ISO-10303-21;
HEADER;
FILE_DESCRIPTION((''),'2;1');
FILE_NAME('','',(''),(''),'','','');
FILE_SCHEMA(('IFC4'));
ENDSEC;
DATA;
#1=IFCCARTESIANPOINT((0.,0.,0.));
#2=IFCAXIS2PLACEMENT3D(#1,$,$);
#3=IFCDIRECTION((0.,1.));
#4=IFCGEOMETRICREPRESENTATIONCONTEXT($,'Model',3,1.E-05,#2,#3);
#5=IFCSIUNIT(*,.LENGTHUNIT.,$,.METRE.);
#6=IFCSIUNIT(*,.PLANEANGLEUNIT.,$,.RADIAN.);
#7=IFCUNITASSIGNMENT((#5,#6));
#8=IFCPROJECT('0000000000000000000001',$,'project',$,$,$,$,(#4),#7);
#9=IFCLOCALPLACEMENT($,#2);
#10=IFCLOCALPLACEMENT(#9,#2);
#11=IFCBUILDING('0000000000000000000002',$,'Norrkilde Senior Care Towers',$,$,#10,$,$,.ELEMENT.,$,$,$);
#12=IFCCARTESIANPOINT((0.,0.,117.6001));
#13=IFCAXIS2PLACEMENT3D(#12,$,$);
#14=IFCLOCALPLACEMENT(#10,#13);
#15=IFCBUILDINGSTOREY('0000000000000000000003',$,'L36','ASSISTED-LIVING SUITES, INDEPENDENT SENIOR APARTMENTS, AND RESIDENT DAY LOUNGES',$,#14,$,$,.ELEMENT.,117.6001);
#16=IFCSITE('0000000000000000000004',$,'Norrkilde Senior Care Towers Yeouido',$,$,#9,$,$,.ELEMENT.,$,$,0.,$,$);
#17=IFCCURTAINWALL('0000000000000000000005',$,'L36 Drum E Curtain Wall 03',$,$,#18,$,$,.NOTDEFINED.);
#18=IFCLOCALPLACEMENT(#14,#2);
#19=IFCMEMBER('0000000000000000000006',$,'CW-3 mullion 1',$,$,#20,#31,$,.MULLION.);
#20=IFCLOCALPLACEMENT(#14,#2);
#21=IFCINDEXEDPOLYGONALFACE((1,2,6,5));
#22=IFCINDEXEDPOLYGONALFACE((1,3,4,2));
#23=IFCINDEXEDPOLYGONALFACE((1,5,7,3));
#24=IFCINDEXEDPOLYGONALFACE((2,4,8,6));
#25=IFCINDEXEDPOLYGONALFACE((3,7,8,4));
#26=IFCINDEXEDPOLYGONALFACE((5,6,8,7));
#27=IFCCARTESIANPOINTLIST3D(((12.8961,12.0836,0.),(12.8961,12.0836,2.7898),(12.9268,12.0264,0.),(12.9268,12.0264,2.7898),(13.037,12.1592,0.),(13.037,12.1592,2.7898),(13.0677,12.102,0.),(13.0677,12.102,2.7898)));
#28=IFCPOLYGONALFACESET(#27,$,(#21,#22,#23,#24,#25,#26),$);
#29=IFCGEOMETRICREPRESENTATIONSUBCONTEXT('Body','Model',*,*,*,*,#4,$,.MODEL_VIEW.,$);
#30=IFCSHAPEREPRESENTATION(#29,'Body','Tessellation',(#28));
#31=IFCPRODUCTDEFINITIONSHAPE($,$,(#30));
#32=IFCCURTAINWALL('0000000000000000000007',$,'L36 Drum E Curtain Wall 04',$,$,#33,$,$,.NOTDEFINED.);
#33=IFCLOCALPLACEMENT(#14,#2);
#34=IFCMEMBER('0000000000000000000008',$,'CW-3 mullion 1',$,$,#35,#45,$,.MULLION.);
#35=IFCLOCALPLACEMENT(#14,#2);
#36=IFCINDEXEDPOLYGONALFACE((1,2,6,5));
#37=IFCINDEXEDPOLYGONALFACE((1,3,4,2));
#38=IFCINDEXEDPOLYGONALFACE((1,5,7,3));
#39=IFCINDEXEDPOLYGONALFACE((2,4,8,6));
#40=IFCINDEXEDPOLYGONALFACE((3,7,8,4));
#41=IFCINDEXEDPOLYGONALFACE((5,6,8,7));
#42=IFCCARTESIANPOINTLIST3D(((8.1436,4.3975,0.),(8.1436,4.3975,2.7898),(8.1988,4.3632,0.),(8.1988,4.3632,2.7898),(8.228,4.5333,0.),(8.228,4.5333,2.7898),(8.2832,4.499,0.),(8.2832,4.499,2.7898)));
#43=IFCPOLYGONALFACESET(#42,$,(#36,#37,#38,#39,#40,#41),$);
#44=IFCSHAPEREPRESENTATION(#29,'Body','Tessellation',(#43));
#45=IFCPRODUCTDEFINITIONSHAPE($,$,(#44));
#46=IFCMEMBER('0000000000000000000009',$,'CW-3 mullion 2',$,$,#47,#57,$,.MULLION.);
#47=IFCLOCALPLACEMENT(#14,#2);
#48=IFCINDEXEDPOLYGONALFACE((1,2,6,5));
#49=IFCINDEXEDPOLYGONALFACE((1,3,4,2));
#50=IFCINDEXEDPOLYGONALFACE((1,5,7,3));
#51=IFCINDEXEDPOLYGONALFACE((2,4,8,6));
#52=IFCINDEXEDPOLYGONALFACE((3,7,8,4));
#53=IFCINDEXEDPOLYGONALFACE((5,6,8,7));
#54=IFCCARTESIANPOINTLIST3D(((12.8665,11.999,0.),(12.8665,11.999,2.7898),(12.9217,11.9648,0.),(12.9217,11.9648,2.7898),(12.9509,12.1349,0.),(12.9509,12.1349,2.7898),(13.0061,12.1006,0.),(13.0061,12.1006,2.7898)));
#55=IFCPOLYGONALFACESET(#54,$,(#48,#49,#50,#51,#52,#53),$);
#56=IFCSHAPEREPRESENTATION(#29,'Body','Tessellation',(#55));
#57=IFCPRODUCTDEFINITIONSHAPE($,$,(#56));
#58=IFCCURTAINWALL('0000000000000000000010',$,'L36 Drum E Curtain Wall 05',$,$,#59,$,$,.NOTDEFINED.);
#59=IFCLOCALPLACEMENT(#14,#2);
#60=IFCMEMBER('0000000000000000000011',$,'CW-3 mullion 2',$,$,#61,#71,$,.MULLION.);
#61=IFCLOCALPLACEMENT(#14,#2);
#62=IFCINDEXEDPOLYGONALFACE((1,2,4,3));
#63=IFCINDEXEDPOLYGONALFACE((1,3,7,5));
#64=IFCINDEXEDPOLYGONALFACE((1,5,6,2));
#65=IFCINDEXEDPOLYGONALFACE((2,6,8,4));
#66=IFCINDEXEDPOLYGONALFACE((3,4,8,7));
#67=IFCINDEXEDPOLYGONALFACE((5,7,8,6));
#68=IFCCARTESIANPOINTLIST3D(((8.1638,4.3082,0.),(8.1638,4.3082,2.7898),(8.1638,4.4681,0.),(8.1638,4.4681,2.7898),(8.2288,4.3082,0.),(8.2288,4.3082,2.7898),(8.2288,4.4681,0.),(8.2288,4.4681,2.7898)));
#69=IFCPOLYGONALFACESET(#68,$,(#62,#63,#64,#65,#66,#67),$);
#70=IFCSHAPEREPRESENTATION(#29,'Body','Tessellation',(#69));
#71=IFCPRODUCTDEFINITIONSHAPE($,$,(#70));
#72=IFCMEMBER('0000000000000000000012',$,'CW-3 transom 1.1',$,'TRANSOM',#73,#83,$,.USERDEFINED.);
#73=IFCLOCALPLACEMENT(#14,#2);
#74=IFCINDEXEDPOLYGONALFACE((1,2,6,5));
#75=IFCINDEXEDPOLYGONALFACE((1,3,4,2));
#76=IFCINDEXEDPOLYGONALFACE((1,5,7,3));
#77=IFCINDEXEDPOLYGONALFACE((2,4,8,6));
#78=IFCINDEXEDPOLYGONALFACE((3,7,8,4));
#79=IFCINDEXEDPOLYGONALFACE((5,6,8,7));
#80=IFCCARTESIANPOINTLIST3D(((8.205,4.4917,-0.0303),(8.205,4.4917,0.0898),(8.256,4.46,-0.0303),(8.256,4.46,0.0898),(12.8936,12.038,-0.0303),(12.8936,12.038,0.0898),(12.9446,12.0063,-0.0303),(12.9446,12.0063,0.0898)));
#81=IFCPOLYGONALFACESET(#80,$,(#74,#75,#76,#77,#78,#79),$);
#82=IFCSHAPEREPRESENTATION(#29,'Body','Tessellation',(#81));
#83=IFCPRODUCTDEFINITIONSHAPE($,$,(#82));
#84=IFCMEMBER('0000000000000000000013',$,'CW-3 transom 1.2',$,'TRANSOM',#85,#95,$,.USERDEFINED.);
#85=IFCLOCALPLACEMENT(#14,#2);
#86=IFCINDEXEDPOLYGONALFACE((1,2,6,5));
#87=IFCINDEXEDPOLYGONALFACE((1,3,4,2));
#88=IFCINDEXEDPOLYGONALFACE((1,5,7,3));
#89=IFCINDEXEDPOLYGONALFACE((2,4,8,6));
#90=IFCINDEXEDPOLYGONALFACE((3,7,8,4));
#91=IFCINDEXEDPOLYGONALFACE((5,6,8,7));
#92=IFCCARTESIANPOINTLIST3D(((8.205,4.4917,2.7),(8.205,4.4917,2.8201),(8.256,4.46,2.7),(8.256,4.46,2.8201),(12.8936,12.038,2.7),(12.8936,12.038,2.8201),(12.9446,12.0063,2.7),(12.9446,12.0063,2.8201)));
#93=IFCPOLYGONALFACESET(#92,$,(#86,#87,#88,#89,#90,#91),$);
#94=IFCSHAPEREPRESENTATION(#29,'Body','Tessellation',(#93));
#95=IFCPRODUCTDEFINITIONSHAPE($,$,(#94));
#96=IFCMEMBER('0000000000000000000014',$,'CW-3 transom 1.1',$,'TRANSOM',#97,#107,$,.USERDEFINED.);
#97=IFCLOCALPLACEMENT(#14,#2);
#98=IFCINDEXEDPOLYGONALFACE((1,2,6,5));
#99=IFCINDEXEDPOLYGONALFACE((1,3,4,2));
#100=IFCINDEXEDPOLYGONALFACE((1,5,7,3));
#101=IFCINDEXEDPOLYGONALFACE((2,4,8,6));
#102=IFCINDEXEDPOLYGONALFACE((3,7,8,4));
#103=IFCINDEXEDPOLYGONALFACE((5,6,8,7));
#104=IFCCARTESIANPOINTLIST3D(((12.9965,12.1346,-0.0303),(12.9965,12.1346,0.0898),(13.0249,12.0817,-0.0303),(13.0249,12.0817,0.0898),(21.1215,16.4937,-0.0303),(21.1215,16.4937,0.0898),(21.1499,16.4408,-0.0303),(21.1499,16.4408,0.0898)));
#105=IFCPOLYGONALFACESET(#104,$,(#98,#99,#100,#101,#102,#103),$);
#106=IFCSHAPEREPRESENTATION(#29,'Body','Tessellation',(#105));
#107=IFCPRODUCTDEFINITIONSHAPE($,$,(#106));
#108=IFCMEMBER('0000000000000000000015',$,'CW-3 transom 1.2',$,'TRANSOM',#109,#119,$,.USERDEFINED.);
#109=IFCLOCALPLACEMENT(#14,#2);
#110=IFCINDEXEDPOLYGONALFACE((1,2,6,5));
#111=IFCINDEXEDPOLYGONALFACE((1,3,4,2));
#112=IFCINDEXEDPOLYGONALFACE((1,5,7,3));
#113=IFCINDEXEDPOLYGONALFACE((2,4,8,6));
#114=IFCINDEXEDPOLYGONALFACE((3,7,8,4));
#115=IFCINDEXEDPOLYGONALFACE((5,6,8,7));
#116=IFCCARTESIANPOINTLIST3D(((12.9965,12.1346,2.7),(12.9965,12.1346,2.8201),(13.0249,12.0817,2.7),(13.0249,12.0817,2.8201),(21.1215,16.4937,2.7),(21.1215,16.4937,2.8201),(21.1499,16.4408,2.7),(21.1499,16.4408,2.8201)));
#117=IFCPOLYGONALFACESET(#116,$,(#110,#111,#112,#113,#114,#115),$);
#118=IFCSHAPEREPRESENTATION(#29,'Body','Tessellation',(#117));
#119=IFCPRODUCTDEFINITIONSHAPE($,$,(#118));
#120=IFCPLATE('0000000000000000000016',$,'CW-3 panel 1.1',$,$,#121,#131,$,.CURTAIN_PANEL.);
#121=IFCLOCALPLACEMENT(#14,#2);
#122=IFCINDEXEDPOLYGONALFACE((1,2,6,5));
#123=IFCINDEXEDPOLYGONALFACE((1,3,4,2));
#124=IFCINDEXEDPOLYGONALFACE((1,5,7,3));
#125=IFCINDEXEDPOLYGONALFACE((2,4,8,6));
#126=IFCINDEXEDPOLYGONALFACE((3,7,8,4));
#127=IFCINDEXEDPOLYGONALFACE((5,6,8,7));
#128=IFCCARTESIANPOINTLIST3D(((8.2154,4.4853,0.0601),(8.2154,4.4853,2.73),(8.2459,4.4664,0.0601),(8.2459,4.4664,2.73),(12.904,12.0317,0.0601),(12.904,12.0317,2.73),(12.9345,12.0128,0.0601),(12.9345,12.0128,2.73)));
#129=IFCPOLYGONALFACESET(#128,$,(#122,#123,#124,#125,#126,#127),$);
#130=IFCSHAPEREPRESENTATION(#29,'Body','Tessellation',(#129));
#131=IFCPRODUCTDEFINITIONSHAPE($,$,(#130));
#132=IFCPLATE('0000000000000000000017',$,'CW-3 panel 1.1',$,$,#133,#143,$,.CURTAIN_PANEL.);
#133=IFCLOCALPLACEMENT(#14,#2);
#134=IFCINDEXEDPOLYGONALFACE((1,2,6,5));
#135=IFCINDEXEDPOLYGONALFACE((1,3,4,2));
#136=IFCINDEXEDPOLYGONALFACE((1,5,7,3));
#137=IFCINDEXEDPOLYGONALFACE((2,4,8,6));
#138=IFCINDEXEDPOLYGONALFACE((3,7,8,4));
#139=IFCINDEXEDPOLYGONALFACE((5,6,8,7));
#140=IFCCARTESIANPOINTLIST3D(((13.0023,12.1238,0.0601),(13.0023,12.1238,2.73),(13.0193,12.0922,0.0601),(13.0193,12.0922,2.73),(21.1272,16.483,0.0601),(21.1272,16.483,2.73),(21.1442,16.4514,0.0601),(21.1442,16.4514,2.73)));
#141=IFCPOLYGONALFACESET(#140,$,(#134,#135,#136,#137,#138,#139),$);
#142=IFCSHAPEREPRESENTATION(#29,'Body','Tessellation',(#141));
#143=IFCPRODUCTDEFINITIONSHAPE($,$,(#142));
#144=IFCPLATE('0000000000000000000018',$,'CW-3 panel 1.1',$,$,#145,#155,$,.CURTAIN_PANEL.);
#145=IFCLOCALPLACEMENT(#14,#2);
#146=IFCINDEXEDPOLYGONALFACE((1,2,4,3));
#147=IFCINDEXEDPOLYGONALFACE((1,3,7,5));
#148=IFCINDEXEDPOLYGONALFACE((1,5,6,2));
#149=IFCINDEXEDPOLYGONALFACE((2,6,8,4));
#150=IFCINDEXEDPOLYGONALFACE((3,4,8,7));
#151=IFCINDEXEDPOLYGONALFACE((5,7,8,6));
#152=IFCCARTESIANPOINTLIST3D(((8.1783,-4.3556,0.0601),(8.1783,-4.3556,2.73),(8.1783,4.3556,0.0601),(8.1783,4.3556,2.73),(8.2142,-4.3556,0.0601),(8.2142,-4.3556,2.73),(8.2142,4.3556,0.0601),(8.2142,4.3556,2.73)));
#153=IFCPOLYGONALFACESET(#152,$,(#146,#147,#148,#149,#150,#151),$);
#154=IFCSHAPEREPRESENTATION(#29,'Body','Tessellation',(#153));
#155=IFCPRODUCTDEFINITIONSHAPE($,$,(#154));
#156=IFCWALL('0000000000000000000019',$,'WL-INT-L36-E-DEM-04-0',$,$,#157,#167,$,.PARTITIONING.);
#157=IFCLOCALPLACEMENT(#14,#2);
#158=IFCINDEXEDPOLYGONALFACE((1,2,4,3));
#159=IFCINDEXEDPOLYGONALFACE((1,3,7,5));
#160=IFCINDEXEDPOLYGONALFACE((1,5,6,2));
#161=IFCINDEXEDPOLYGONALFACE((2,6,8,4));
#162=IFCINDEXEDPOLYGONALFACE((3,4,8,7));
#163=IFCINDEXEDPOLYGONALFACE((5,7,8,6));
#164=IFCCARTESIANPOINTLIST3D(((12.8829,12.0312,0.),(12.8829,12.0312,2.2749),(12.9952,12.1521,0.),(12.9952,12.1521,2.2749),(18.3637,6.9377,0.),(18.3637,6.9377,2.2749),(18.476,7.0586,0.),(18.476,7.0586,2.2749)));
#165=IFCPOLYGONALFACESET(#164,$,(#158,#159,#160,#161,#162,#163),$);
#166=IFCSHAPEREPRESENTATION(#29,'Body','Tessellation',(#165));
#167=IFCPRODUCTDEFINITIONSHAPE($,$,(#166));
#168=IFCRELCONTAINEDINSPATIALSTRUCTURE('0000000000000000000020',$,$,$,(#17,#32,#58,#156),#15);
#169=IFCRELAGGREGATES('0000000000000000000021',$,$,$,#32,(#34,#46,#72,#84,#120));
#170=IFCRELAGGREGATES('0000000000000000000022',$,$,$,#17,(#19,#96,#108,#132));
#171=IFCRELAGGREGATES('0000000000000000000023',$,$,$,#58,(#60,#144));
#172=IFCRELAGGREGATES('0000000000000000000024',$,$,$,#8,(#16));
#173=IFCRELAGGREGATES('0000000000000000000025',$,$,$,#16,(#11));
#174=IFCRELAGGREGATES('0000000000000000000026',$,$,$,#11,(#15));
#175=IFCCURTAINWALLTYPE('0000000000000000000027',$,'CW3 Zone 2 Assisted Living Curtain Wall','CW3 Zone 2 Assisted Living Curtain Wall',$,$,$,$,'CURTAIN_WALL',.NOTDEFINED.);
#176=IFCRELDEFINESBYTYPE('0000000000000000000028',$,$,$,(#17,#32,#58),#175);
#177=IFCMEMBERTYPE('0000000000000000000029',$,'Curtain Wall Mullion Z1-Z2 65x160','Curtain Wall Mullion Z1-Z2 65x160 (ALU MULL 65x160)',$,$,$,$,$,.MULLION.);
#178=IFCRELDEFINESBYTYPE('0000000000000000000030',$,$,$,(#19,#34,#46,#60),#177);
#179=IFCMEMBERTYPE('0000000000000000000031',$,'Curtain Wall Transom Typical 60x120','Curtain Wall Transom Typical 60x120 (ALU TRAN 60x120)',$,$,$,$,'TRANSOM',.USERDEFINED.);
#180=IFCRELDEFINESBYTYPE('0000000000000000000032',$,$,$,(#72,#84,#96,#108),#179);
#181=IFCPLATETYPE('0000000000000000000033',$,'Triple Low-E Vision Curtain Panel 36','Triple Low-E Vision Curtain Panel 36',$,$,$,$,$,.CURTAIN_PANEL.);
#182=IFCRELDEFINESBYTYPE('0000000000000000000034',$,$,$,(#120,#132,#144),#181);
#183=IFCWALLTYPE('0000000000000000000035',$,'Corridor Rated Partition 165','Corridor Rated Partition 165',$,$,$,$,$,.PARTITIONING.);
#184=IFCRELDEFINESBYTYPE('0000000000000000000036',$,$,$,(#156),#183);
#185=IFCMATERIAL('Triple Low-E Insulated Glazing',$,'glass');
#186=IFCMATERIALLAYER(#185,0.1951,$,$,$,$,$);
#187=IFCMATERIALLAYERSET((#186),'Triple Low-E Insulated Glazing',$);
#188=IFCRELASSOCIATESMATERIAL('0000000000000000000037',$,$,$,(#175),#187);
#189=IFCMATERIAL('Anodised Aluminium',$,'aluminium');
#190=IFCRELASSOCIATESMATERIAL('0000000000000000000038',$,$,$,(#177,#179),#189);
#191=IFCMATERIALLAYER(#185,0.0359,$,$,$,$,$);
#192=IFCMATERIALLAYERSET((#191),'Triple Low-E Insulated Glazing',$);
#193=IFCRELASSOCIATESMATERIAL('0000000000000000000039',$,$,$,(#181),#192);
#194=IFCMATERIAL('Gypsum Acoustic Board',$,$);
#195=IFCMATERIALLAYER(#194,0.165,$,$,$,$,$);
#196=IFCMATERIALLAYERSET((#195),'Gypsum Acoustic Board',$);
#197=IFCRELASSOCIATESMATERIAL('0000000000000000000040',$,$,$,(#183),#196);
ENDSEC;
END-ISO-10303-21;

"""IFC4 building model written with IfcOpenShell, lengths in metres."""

from ifc_helpers import new_model, si_unit, direction, frame, frame_2d, origin, origin_2d, place, context, subcontext, project, spatial, rectangle, extrude, source, transform, mapped, material, layer, layer_set, material_profile, profile_set, type_object, type_shapes, element, aggregate, save


model = new_model("IFC4")

# Units and contexts
model_context = context("Model", 3, precision=1e-05, world=origin(), true_north=direction((0.0, 1.0)))
body_context = subcontext(model_context, "Body", "Model", "MODEL_VIEW")
ifc_project = project(units=[si_unit("LENGTHUNIT", "METRE"), si_unit("PLANEANGLEUNIT", "RADIAN")], contexts=[model_context])

# Site, building, storey
site_placement = place(None, origin())
site = spatial("IfcSite", under=ifc_project, at=site_placement, Name="Norrkilde Senior Care Towers Yeouido", CompositionType="ELEMENT", RefElevation=0.0)
building_placement = place(site_placement, origin())
building = spatial("IfcBuilding", under=site, at=building_placement, Name="Norrkilde Senior Care Towers", CompositionType="ELEMENT")
storey_placement = place(building_placement, frame((0.0, 0.0, 117.6001)))
storey = spatial("IfcBuildingStorey", under=building, at=storey_placement, Name="L36", Description="ASSISTED-LIVING SUITES, INDEPENDENT SENIOR APARTMENTS, AND RESIDENT DAY LOUNGES", CompositionType="ELEMENT", Elevation=117.6001)

# Curtain wall, member
ifc_material_1 = material(Name="Triple Low-E Insulated Glazing", Category="glass")
ifc_layer_1 = layer(ifc_material_1, 0.1951)
ifc_layer_set_1 = layer_set([ifc_layer_1], Name="Triple Low-E Insulated Glazing")
curtain_wall_type = type_object("IfcCurtainWallType", Name="CW3 Zone 2 Assisted Living Curtain Wall", Description="CW3 Zone 2 Assisted Living Curtain Wall", ElementType="CURTAIN_WALL", PredefinedType="NOTDEFINED", material=ifc_layer_set_1)
curtain_wall_1_placement = place(storey_placement, origin())
curtain_wall_1 = element("IfcCurtainWall", 1, at=curtain_wall_1_placement, inside=storey, type_object=curtain_wall_type, Name="L36 Drum E Curtain Wall 03", PredefinedType="NOTDEFINED")
ifc_material_2 = material(Name="Anodised Aluminium", Category="aluminium")
ifc_material_profile_1 = material_profile(ifc_material_2, rectangle(XDim=0.0649, YDim=0.1599, at=origin_2d()), Name="ALU MULL 65x160")
ifc_profile_set_1 = profile_set([ifc_material_profile_1], Name="Anodised Aluminium")
member_type_1 = type_object("IfcMemberType", Name="Curtain Wall Mullion Z1-Z2 65x160", Description="Curtain Wall Mullion Z1-Z2 65x160 (ALU MULL 65x160)", PredefinedType="MULLION", material=ifc_profile_set_1)
shared_shape_1 = source(origin(), body_context, "Body", "SweptSolid", [
    extrude(rectangle(XDim=0.0649, YDim=0.1599, at=origin_2d()), origin(), (0.0, 0.0, 1.0), 2.7898),
])
type_shapes(member_type_1, [shared_shape_1])
member_1_placement = place(storey_placement, frame((12.9819, 12.0928, 0.0), z_axis=(0.0, 0.0, 1.0), x_axis=(-0.472769, 0.881186, 0.0)))
member_1 = element("IfcMember", 2, at=member_1_placement, type_object=member_type_1, Name="CW-3 mullion 1", PredefinedType="MULLION", context=body_context, shape_type="MappedRepresentation", body=[
    mapped(shared_shape_1, transform((0.0, 0.0, 0.0), x_axis=(1.0, 0.0, 0.0), y_axis=(0.0, 1.0, 0.0), z_axis=(0.0, 0.0, 1.0), scale=1.0)),
])

# Curtain wall, members
curtain_wall_2_placement = place(storey_placement, origin())
curtain_wall_2 = element("IfcCurtainWall", 3, at=curtain_wall_2_placement, inside=storey, type_object=curtain_wall_type, Name="L36 Drum E Curtain Wall 04", PredefinedType="NOTDEFINED")
member_2_placement = place(storey_placement, frame((8.2134, 4.4482, 0.0), z_axis=(0.0, 0.0, 1.0), x_axis=(-0.84941, 0.527733, 0.0)))
member_2 = element("IfcMember", 4, at=member_2_placement, type_object=member_type_1, Name="CW-3 mullion 1", PredefinedType="MULLION", context=body_context, shape_type="MappedRepresentation", body=[
    mapped(shared_shape_1, transform((0.0, 0.0, 0.0), x_axis=(1.0, 0.0, 0.0), y_axis=(0.0, 1.0, 0.0), z_axis=(0.0, 0.0, 1.0), scale=1.0)),
])
member_3_placement = place(storey_placement, frame((12.9363, 12.0498, 0.0), z_axis=(0.0, 0.0, 1.0), x_axis=(-0.84941, 0.527733, 0.0)))
member_3 = element("IfcMember", 5, at=member_3_placement, type_object=member_type_1, Name="CW-3 mullion 2", PredefinedType="MULLION", context=body_context, shape_type="MappedRepresentation", body=[
    mapped(shared_shape_1, transform((0.0, 0.0, 0.0), x_axis=(1.0, 0.0, 0.0), y_axis=(0.0, 1.0, 0.0), z_axis=(0.0, 0.0, 1.0), scale=1.0)),
])

# Curtain wall, member
curtain_wall_3_placement = place(storey_placement, origin())
curtain_wall_3 = element("IfcCurtainWall", 6, at=curtain_wall_3_placement, inside=storey, type_object=curtain_wall_type, Name="L36 Drum E Curtain Wall 05", PredefinedType="NOTDEFINED")
member_4_placement = place(storey_placement, frame((8.1963, 4.3882, 0.0), z_axis=(0.0, 0.0, 1.0), x_axis=(-1.0, 0.0, 0.0)))
member_4 = element("IfcMember", 7, at=member_4_placement, type_object=member_type_1, Name="CW-3 mullion 2", PredefinedType="MULLION", context=body_context, shape_type="MappedRepresentation", body=[
    mapped(shared_shape_1, transform((0.0, 0.0, 0.0), x_axis=(1.0, 0.0, 0.0), y_axis=(0.0, 1.0, 0.0), z_axis=(0.0, 0.0, 1.0), scale=1.0)),
])

# Members
ifc_material_profile_2 = material_profile(ifc_material_2, rectangle(XDim=0.0601, YDim=0.1201, at=origin_2d()), Name="ALU TRAN 60x120")
ifc_profile_set_2 = profile_set([ifc_material_profile_2], Name="Anodised Aluminium")
member_type_2 = type_object("IfcMemberType", Name="Curtain Wall Transom Typical 60x120", Description="Curtain Wall Transom Typical 60x120 (ALU TRAN 60x120)", ElementType="TRANSOM", PredefinedType="USERDEFINED", material=ifc_profile_set_2)
shared_shape_2 = source(origin(), body_context, "Body", "SweptSolid", [
    extrude(rectangle(XDim=0.0601, YDim=0.1201, at=origin_2d()), origin(), (0.0, 0.0, 1.0), 8.8843),
])
member_5_placement = place(storey_placement, frame((8.2305, 4.4758, 0.0298), z_axis=(0.527749, 0.8494, 0.0), x_axis=(-0.8494, 0.527749, 0.0)))
member_5 = element("IfcMember", 8, at=member_5_placement, type_object=member_type_2, Name="CW-3 transom 1.1", ObjectType="TRANSOM", PredefinedType="USERDEFINED", context=body_context, shape_type="MappedRepresentation", body=[
    mapped(shared_shape_2, transform((0.0, 0.0, 0.0), x_axis=(1.0, 0.0, 0.0), y_axis=(0.0, 1.0, 0.0), z_axis=(0.0, 0.0, 1.0), scale=1.0)),
])
member_6_placement = place(storey_placement, frame((8.2305, 4.4758, 2.76), z_axis=(0.527749, 0.8494, 0.0), x_axis=(-0.8494, 0.527749, 0.0)))
member_6 = element("IfcMember", 9, at=member_6_placement, type_object=member_type_2, Name="CW-3 transom 1.2", ObjectType="TRANSOM", PredefinedType="USERDEFINED", context=body_context, shape_type="MappedRepresentation", body=[
    mapped(shared_shape_2, transform((0.0, 0.0, 0.0), x_axis=(1.0, 0.0, 0.0), y_axis=(0.0, 1.0, 0.0), z_axis=(0.0, 0.0, 1.0), scale=1.0)),
])
shared_shape_3 = source(origin(), body_context, "Body", "SweptSolid", [
    extrude(rectangle(XDim=0.0601, YDim=0.1201, at=origin_2d()), origin(), (0.0, 0.0, 1.0), 9.2205),
])
type_shapes(member_type_2, [shared_shape_2, shared_shape_3])
member_7_placement = place(storey_placement, frame((13.0107, 12.1082, 0.0298), z_axis=(0.881189, 0.472765, 0.0), x_axis=(-0.472765, 0.881189, 0.0)))
member_7 = element("IfcMember", 10, at=member_7_placement, type_object=member_type_2, Name="CW-3 transom 1.1", ObjectType="TRANSOM", PredefinedType="USERDEFINED", context=body_context, shape_type="MappedRepresentation", body=[
    mapped(shared_shape_3, transform((0.0, 0.0, 0.0), x_axis=(1.0, 0.0, 0.0), y_axis=(0.0, 1.0, 0.0), z_axis=(0.0, 0.0, 1.0), scale=1.0)),
])
member_8_placement = place(storey_placement, frame((13.0107, 12.1082, 2.76), z_axis=(0.881189, 0.472765, 0.0), x_axis=(-0.472765, 0.881189, 0.0)))
member_8 = element("IfcMember", 11, at=member_8_placement, type_object=member_type_2, Name="CW-3 transom 1.2", ObjectType="TRANSOM", PredefinedType="USERDEFINED", context=body_context, shape_type="MappedRepresentation", body=[
    mapped(shared_shape_3, transform((0.0, 0.0, 0.0), x_axis=(1.0, 0.0, 0.0), y_axis=(0.0, 1.0, 0.0), z_axis=(0.0, 0.0, 1.0), scale=1.0)),
])

# Plates
ifc_layer_2 = layer(ifc_material_1, 0.0359)
ifc_layer_set_2 = layer_set([ifc_layer_2], Name="Triple Low-E Insulated Glazing")
plate_type = type_object("IfcPlateType", Name="Triple Low-E Vision Curtain Panel 36", Description="Triple Low-E Vision Curtain Panel 36", PredefinedType="CURTAIN_PANEL", material=ifc_layer_set_2)
shared_shape_4 = source(origin(), body_context, "Body", "SweptSolid", [
    extrude(rectangle(XDim=8.8843, YDim=0.0359, at=origin_2d()), origin(), (0.0, 0.0, 1.0), 2.6699),
])
plate_1_placement = place(storey_placement, frame((10.575, 8.249, 0.0601), z_axis=(0.0, 0.0, 1.0), x_axis=(0.527733, 0.84941, 0.0)))
plate_1 = element("IfcPlate", 12, at=plate_1_placement, type_object=plate_type, Name="CW-3 panel 1.1", PredefinedType="CURTAIN_PANEL", context=body_context, shape_type="MappedRepresentation", body=[
    mapped(shared_shape_4, transform((0.0, 0.0, 0.0), x_axis=(1.0, 0.0, 0.0), y_axis=(0.0, 1.0, 0.0), z_axis=(0.0, 0.0, 1.0), scale=1.0)),
])
aggregate(curtain_wall_2, [member_2, member_3, member_5, member_6, plate_1])
shared_shape_5 = source(origin(), body_context, "Body", "SweptSolid", [
    extrude(rectangle(XDim=9.2205, YDim=0.0359, at=origin_2d()), origin(), (0.0, 0.0, 1.0), 2.6699),
])
plate_2_placement = place(storey_placement, frame((17.0732, 14.2876, 0.0601), z_axis=(0.0, 0.0, 1.0), x_axis=(0.881186, 0.472769, 0.0)))
plate_2 = element("IfcPlate", 13, at=plate_2_placement, type_object=plate_type, Name="CW-3 panel 1.1", PredefinedType="CURTAIN_PANEL", context=body_context, shape_type="MappedRepresentation", body=[
    mapped(shared_shape_5, transform((0.0, 0.0, 0.0), x_axis=(1.0, 0.0, 0.0), y_axis=(0.0, 1.0, 0.0), z_axis=(0.0, 0.0, 1.0), scale=1.0)),
])
aggregate(curtain_wall_1, [member_1, member_7, member_8, plate_2])
shared_shape_6 = source(origin(), body_context, "Body", "SweptSolid", [
    extrude(rectangle(XDim=8.7112, YDim=0.0359, at=origin_2d()), origin(), (0.0, 0.0, 1.0), 2.6699),
])
type_shapes(plate_type, [shared_shape_4, shared_shape_5, shared_shape_6])
plate_3_placement = place(storey_placement, frame((8.1963, 0.0, 0.0601), z_axis=(0.0, 0.0, 1.0), x_axis=(0.0, 1.0, 0.0)))
plate_3 = element("IfcPlate", 14, at=plate_3_placement, type_object=plate_type, Name="CW-3 panel 1.1", PredefinedType="CURTAIN_PANEL", context=body_context, shape_type="MappedRepresentation", body=[
    mapped(shared_shape_6, transform((0.0, 0.0, 0.0), x_axis=(1.0, 0.0, 0.0), y_axis=(0.0, 1.0, 0.0), z_axis=(0.0, 0.0, 1.0), scale=1.0)),
])
aggregate(curtain_wall_3, [member_4, plate_3])

# Wall
ifc_material_3 = material(Name="Gypsum Acoustic Board")
ifc_layer_3 = layer(ifc_material_3, 0.165)
ifc_layer_set_3 = layer_set([ifc_layer_3], Name="Gypsum Acoustic Board")
wall_type_1 = type_object("IfcWallType", Name="Corridor Rated Partition 165", Description="Corridor Rated Partition 165", PredefinedType="PARTITIONING", material=ifc_layer_set_3)
shared_shape_7 = source(origin(), body_context, "Body", "SweptSolid", [
    extrude(rectangle(XDim=7.4822, YDim=0.165, at=frame_2d((3.7412, 0.0))), origin(), (0.0, 0.0, 1.0), 2.2749),
])
type_shapes(wall_type_1, [shared_shape_7])
wall_1_placement = place(storey_placement, frame((18.4199, 6.998, 0.0), z_axis=(0.0, 0.0, 1.0), x_axis=(-0.732509, 0.680758, 0.0)))
element("IfcWall", 15, at=wall_1_placement, inside=storey, type_object=wall_type_1, Name="WL-INT-L36-E-DEM-04-0", PredefinedType="PARTITIONING", context=body_context, shape_type="MappedRepresentation", body=[
    mapped(shared_shape_7, transform((0.0, 0.0, 0.0), x_axis=(1.0, 0.0, 0.0), y_axis=(0.0, 1.0, 0.0), z_axis=(0.0, 0.0, 1.0), scale=1.0)),
])

save(model, "model.ifc")
